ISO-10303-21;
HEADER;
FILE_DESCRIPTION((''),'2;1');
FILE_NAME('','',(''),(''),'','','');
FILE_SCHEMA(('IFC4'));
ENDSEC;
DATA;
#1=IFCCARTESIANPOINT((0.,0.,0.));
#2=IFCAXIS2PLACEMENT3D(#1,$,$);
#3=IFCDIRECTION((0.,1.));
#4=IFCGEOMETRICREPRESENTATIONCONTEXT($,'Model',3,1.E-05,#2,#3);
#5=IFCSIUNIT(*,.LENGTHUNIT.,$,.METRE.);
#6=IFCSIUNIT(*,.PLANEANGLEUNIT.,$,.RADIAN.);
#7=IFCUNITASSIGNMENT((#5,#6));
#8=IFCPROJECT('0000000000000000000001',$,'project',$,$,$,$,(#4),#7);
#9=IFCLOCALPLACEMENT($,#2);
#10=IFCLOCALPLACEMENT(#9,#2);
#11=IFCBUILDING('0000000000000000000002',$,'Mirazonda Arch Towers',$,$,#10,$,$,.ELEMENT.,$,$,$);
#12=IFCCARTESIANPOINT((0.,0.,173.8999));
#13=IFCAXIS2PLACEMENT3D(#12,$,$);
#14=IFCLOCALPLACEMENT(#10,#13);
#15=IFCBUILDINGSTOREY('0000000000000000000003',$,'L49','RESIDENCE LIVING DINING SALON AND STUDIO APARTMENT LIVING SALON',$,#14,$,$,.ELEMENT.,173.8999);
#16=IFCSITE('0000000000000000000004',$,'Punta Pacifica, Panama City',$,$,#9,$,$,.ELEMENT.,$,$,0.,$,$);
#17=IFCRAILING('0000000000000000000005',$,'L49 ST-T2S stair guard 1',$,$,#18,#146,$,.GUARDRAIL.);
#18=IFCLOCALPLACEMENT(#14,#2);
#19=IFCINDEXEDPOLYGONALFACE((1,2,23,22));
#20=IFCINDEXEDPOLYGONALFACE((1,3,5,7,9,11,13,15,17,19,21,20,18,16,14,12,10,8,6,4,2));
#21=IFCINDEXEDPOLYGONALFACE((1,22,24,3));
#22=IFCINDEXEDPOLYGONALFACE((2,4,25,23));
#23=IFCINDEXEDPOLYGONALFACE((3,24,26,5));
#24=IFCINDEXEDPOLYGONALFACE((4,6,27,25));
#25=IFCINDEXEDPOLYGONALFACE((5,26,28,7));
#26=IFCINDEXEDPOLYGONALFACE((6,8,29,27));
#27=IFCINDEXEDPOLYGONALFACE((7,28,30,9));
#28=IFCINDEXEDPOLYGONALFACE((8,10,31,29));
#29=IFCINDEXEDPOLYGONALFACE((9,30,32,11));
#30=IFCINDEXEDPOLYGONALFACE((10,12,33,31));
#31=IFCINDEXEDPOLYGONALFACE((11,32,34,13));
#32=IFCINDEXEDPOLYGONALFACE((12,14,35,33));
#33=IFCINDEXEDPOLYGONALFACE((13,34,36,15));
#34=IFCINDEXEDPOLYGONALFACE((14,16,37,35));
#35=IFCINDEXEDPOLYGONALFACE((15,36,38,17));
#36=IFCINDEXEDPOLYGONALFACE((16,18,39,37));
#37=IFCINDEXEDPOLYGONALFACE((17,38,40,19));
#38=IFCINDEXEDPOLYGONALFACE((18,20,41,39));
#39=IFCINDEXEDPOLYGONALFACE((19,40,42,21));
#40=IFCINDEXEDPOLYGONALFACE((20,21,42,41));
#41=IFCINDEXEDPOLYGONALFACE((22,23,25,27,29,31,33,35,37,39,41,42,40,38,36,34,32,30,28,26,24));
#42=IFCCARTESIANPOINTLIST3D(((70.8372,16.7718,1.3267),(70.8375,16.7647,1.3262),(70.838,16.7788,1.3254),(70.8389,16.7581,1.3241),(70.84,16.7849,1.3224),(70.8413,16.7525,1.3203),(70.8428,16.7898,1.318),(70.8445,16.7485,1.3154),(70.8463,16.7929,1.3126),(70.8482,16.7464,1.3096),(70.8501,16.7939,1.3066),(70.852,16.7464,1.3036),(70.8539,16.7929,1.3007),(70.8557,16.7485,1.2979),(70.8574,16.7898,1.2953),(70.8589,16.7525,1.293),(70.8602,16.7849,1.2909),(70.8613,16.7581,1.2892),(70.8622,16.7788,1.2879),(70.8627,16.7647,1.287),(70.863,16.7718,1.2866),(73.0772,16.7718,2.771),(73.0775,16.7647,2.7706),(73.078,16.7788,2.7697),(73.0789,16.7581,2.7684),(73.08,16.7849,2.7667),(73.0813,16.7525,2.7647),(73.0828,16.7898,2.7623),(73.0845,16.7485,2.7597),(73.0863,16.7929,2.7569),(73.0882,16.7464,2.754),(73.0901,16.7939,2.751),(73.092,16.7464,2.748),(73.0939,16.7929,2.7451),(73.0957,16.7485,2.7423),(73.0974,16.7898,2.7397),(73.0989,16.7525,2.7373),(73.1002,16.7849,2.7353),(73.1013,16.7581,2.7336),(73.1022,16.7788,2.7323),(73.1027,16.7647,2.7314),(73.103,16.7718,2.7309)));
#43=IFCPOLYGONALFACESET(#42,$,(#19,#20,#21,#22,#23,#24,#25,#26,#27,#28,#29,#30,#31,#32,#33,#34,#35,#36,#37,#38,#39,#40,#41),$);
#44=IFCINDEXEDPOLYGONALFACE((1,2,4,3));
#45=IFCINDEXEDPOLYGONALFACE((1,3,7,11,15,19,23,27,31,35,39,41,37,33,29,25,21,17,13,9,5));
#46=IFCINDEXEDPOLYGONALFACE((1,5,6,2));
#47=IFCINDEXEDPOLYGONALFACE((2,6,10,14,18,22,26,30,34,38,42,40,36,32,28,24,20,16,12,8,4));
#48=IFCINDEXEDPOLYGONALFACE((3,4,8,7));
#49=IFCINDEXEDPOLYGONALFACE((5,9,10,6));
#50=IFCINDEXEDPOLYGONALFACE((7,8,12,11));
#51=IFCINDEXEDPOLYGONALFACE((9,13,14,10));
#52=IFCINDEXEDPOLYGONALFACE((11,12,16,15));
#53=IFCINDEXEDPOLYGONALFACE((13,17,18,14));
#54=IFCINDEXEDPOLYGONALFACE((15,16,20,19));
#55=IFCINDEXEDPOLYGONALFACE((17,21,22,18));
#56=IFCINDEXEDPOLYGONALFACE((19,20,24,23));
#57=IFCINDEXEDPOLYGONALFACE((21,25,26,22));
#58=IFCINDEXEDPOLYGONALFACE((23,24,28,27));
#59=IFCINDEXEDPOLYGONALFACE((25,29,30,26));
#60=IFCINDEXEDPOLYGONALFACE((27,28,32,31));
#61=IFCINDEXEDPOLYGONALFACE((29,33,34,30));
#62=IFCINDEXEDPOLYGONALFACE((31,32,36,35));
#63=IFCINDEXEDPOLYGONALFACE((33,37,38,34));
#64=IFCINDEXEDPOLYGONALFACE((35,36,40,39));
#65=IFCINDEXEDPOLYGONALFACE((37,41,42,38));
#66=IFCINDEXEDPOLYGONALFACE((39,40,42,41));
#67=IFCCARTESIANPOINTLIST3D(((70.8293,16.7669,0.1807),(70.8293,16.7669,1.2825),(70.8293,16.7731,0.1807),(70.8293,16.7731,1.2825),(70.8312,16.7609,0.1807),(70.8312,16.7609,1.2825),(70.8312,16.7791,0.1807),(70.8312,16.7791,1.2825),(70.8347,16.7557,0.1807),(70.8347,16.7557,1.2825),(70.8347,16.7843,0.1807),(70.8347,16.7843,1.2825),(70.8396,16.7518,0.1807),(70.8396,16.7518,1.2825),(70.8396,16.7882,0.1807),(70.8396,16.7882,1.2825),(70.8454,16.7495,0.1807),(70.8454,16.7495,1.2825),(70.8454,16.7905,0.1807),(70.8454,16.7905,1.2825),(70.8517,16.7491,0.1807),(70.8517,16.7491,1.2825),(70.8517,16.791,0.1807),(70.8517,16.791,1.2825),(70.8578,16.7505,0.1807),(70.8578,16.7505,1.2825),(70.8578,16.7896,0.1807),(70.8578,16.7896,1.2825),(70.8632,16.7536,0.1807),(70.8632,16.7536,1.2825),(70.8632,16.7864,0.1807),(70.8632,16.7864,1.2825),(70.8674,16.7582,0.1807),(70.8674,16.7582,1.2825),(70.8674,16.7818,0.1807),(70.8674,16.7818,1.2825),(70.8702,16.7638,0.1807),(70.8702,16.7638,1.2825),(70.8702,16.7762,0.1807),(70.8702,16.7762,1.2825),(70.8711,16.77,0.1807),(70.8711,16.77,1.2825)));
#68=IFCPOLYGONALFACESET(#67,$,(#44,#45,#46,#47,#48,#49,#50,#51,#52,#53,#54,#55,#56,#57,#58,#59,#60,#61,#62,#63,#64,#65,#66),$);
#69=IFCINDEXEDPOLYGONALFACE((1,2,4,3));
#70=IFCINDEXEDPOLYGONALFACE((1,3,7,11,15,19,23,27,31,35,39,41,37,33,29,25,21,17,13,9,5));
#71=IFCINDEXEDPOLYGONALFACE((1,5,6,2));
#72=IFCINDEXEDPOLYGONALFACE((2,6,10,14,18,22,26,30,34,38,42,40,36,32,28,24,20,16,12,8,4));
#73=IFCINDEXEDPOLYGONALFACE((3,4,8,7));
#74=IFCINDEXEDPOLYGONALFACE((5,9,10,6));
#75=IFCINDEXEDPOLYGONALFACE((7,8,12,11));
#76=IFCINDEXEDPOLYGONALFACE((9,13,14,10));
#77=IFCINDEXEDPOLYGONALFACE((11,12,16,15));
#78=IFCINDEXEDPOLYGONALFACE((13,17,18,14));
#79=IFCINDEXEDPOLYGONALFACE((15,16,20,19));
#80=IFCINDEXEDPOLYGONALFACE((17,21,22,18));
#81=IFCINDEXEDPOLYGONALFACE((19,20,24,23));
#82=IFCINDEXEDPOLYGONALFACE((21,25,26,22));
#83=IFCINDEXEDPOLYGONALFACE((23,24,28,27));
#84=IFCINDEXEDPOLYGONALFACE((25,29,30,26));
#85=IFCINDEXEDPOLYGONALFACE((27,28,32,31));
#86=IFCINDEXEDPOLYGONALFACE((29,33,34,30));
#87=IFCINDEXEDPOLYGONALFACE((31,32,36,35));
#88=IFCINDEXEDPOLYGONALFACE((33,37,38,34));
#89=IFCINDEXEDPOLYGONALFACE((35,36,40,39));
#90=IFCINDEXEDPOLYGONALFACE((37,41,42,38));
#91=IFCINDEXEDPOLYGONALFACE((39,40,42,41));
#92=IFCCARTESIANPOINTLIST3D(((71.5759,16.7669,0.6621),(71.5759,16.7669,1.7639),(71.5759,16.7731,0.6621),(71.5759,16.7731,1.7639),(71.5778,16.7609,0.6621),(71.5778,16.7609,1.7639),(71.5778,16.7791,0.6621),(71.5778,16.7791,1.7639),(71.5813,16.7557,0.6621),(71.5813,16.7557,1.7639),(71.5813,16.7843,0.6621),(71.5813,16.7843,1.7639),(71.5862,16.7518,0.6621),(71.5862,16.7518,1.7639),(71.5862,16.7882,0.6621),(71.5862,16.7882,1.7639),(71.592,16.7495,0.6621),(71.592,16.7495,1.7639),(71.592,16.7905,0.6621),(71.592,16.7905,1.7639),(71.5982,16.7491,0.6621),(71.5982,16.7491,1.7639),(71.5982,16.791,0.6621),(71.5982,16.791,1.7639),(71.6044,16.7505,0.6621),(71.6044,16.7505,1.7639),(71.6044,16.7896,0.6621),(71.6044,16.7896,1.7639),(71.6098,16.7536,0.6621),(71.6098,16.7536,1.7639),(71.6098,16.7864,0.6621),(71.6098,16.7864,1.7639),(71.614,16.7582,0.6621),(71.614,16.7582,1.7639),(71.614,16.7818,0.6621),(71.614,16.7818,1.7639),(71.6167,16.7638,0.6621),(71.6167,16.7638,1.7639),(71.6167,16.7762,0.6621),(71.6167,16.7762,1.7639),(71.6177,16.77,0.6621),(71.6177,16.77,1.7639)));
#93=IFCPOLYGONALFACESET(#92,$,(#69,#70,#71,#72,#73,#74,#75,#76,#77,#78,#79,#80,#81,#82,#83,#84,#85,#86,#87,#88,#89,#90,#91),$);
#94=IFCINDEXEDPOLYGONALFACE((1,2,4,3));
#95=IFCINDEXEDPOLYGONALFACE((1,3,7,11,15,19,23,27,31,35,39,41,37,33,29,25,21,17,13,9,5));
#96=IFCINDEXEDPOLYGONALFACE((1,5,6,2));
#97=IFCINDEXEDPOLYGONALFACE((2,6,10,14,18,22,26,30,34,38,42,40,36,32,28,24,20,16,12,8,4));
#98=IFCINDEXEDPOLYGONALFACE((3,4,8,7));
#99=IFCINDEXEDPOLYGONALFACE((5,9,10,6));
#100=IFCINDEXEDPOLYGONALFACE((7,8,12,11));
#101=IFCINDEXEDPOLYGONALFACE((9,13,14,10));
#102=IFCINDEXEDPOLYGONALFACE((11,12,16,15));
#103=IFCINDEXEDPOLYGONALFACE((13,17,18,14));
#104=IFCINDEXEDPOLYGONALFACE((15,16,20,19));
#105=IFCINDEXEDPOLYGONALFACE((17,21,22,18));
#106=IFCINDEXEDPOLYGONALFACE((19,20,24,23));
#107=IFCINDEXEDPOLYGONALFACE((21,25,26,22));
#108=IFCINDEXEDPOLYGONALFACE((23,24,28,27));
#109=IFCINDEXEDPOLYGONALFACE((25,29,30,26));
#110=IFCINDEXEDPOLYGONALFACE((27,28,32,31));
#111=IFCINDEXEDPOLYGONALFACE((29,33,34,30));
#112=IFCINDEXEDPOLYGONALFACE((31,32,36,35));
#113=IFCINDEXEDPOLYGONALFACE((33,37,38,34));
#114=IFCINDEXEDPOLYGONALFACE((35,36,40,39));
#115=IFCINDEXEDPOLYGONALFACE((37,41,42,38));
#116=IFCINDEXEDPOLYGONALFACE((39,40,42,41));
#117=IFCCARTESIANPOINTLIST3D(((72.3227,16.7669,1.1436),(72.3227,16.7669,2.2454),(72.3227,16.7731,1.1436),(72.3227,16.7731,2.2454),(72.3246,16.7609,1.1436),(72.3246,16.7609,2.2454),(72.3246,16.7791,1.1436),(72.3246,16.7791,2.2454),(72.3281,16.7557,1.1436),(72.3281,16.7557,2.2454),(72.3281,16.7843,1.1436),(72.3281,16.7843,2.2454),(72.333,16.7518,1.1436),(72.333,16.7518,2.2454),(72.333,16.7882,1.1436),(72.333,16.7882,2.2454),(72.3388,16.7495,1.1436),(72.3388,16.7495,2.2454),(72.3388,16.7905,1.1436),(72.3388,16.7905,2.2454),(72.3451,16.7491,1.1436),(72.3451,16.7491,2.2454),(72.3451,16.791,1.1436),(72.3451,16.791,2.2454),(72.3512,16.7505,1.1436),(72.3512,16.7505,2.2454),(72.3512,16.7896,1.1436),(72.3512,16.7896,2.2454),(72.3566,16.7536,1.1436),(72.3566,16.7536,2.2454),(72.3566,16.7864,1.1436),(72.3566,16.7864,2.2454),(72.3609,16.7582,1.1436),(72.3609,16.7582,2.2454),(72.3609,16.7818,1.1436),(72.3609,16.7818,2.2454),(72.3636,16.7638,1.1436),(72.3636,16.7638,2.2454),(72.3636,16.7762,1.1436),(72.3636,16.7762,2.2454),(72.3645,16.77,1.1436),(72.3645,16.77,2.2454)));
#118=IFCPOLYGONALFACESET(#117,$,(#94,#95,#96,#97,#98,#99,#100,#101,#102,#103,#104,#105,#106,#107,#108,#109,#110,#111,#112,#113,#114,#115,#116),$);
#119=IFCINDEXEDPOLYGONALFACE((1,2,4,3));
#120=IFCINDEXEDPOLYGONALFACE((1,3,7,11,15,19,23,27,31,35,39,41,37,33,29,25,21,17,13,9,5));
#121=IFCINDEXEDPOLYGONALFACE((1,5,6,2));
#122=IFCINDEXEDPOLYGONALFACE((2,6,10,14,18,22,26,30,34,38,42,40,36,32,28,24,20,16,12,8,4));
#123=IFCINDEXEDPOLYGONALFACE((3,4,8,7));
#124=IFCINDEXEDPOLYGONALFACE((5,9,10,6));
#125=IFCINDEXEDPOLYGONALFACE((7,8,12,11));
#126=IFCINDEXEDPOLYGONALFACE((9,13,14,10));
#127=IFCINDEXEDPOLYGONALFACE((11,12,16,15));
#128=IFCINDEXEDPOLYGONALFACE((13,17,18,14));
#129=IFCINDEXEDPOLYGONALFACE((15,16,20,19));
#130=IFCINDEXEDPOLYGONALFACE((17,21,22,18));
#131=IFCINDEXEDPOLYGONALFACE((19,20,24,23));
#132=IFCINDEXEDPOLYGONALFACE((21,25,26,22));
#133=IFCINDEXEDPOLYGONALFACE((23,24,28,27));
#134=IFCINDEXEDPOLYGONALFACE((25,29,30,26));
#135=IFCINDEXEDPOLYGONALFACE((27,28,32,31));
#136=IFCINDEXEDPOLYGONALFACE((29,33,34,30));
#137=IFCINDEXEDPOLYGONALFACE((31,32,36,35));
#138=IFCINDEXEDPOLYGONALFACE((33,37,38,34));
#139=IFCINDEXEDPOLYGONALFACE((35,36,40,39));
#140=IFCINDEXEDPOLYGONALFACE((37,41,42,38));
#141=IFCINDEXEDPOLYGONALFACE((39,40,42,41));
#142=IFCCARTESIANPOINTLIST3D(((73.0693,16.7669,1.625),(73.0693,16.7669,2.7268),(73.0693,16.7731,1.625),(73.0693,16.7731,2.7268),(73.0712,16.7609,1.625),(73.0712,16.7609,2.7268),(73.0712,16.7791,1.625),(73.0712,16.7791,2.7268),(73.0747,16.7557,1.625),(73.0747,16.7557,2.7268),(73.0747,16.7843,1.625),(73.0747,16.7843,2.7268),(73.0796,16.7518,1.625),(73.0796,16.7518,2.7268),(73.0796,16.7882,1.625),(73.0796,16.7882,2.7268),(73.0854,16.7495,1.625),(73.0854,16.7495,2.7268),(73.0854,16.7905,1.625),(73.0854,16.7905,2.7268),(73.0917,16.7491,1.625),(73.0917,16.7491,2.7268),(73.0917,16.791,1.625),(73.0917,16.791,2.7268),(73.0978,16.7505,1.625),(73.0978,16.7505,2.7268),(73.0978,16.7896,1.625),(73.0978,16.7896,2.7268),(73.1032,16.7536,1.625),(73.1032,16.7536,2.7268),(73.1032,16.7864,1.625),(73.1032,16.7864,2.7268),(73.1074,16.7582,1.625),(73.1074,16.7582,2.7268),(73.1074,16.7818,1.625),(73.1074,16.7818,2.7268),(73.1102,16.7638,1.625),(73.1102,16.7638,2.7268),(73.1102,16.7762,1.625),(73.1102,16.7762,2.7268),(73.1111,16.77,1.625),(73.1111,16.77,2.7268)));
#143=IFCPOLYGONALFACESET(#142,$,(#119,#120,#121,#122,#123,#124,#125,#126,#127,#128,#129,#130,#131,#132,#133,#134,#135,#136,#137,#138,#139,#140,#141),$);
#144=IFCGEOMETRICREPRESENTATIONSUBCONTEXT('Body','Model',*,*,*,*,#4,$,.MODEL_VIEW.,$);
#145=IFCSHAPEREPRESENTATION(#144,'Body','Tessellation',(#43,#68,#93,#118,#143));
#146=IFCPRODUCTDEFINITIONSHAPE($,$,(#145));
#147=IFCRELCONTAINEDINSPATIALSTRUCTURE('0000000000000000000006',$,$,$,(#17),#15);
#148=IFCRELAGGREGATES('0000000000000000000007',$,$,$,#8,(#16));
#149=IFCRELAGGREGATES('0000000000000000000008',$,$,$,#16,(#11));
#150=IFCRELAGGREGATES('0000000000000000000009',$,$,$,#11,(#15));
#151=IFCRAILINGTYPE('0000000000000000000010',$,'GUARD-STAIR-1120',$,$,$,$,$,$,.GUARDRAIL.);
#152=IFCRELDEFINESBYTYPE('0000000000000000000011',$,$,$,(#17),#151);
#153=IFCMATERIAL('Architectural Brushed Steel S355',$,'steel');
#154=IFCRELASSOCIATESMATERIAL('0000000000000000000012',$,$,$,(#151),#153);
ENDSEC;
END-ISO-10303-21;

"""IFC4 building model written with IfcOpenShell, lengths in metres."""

from ifc_helpers import new_model, si_unit, direction, frame, origin, origin_2d, place, context, subcontext, project, spatial, circle, extrude, material, type_object, element, save


model = new_model("IFC4")

# Units and contexts
model_context = context("Model", 3, precision=1e-05, world=origin(), true_north=direction((0.0, 1.0)))
body_context = subcontext(model_context, "Body", "Model", "MODEL_VIEW")
ifc_project = project(units=[si_unit("LENGTHUNIT", "METRE"), si_unit("PLANEANGLEUNIT", "RADIAN")], contexts=[model_context])

# Site, building, storey
site_placement = place(None, origin())
site = spatial("IfcSite", under=ifc_project, at=site_placement, Name="Punta Pacifica, Panama City", CompositionType="ELEMENT", RefElevation=0.0)
building_placement = place(site_placement, origin())
building = spatial("IfcBuilding", under=site, at=building_placement, Name="Mirazonda Arch Towers", CompositionType="ELEMENT")
storey_placement = place(building_placement, frame((0.0, 0.0, 173.8999)))
storey = spatial("IfcBuildingStorey", under=building, at=storey_placement, Name="L49", Description="RESIDENCE LIVING DINING SALON AND STUDIO APARTMENT LIVING SALON", CompositionType="ELEMENT", Elevation=173.8999)

# Shared definitions
ifc_material_1 = material(Name="Architectural Brushed Steel S355", Category="steel")

# Railing
railing_type = type_object("IfcRailingType", Name="GUARD-STAIR-1120", PredefinedType="GUARDRAIL", material=ifc_material_1)
railing_1_placement = place(storey_placement, frame((70.8501, 16.77, 0.1807)))
element("IfcRailing", 1, at=railing_1_placement, inside=storey, type_object=railing_type, Name="L49 ST-T2S stair guard 1", PredefinedType="GUARDRAIL", context=body_context, shape_type="SweptSolid", body=[
    extrude(circle(Radius=0.0239, at=origin_2d()), frame((0.0, 0.0, 1.126), z_axis=(0.840437, 0.0, 0.54191), x_axis=(0.0, 1.0, 0.0)), (0.0, 0.0, 1.0), 2.6653),
    extrude(circle(Radius=0.021, at=origin_2d()), origin(), (0.0, 0.0, 1.0), 1.1018),
    extrude(circle(Radius=0.021, at=origin_2d()), frame((0.7466, 0.0, 0.4814)), (0.0, 0.0, 1.0), 1.1018),
    extrude(circle(Radius=0.021, at=origin_2d()), frame((1.4934, 0.0, 0.9629)), (0.0, 0.0, 1.0), 1.1018),
    extrude(circle(Radius=0.021, at=origin_2d()), frame((2.24, 0.0, 1.4443)), (0.0, 0.0, 1.0), 1.1018),
])

save(model, "model.ifc")
